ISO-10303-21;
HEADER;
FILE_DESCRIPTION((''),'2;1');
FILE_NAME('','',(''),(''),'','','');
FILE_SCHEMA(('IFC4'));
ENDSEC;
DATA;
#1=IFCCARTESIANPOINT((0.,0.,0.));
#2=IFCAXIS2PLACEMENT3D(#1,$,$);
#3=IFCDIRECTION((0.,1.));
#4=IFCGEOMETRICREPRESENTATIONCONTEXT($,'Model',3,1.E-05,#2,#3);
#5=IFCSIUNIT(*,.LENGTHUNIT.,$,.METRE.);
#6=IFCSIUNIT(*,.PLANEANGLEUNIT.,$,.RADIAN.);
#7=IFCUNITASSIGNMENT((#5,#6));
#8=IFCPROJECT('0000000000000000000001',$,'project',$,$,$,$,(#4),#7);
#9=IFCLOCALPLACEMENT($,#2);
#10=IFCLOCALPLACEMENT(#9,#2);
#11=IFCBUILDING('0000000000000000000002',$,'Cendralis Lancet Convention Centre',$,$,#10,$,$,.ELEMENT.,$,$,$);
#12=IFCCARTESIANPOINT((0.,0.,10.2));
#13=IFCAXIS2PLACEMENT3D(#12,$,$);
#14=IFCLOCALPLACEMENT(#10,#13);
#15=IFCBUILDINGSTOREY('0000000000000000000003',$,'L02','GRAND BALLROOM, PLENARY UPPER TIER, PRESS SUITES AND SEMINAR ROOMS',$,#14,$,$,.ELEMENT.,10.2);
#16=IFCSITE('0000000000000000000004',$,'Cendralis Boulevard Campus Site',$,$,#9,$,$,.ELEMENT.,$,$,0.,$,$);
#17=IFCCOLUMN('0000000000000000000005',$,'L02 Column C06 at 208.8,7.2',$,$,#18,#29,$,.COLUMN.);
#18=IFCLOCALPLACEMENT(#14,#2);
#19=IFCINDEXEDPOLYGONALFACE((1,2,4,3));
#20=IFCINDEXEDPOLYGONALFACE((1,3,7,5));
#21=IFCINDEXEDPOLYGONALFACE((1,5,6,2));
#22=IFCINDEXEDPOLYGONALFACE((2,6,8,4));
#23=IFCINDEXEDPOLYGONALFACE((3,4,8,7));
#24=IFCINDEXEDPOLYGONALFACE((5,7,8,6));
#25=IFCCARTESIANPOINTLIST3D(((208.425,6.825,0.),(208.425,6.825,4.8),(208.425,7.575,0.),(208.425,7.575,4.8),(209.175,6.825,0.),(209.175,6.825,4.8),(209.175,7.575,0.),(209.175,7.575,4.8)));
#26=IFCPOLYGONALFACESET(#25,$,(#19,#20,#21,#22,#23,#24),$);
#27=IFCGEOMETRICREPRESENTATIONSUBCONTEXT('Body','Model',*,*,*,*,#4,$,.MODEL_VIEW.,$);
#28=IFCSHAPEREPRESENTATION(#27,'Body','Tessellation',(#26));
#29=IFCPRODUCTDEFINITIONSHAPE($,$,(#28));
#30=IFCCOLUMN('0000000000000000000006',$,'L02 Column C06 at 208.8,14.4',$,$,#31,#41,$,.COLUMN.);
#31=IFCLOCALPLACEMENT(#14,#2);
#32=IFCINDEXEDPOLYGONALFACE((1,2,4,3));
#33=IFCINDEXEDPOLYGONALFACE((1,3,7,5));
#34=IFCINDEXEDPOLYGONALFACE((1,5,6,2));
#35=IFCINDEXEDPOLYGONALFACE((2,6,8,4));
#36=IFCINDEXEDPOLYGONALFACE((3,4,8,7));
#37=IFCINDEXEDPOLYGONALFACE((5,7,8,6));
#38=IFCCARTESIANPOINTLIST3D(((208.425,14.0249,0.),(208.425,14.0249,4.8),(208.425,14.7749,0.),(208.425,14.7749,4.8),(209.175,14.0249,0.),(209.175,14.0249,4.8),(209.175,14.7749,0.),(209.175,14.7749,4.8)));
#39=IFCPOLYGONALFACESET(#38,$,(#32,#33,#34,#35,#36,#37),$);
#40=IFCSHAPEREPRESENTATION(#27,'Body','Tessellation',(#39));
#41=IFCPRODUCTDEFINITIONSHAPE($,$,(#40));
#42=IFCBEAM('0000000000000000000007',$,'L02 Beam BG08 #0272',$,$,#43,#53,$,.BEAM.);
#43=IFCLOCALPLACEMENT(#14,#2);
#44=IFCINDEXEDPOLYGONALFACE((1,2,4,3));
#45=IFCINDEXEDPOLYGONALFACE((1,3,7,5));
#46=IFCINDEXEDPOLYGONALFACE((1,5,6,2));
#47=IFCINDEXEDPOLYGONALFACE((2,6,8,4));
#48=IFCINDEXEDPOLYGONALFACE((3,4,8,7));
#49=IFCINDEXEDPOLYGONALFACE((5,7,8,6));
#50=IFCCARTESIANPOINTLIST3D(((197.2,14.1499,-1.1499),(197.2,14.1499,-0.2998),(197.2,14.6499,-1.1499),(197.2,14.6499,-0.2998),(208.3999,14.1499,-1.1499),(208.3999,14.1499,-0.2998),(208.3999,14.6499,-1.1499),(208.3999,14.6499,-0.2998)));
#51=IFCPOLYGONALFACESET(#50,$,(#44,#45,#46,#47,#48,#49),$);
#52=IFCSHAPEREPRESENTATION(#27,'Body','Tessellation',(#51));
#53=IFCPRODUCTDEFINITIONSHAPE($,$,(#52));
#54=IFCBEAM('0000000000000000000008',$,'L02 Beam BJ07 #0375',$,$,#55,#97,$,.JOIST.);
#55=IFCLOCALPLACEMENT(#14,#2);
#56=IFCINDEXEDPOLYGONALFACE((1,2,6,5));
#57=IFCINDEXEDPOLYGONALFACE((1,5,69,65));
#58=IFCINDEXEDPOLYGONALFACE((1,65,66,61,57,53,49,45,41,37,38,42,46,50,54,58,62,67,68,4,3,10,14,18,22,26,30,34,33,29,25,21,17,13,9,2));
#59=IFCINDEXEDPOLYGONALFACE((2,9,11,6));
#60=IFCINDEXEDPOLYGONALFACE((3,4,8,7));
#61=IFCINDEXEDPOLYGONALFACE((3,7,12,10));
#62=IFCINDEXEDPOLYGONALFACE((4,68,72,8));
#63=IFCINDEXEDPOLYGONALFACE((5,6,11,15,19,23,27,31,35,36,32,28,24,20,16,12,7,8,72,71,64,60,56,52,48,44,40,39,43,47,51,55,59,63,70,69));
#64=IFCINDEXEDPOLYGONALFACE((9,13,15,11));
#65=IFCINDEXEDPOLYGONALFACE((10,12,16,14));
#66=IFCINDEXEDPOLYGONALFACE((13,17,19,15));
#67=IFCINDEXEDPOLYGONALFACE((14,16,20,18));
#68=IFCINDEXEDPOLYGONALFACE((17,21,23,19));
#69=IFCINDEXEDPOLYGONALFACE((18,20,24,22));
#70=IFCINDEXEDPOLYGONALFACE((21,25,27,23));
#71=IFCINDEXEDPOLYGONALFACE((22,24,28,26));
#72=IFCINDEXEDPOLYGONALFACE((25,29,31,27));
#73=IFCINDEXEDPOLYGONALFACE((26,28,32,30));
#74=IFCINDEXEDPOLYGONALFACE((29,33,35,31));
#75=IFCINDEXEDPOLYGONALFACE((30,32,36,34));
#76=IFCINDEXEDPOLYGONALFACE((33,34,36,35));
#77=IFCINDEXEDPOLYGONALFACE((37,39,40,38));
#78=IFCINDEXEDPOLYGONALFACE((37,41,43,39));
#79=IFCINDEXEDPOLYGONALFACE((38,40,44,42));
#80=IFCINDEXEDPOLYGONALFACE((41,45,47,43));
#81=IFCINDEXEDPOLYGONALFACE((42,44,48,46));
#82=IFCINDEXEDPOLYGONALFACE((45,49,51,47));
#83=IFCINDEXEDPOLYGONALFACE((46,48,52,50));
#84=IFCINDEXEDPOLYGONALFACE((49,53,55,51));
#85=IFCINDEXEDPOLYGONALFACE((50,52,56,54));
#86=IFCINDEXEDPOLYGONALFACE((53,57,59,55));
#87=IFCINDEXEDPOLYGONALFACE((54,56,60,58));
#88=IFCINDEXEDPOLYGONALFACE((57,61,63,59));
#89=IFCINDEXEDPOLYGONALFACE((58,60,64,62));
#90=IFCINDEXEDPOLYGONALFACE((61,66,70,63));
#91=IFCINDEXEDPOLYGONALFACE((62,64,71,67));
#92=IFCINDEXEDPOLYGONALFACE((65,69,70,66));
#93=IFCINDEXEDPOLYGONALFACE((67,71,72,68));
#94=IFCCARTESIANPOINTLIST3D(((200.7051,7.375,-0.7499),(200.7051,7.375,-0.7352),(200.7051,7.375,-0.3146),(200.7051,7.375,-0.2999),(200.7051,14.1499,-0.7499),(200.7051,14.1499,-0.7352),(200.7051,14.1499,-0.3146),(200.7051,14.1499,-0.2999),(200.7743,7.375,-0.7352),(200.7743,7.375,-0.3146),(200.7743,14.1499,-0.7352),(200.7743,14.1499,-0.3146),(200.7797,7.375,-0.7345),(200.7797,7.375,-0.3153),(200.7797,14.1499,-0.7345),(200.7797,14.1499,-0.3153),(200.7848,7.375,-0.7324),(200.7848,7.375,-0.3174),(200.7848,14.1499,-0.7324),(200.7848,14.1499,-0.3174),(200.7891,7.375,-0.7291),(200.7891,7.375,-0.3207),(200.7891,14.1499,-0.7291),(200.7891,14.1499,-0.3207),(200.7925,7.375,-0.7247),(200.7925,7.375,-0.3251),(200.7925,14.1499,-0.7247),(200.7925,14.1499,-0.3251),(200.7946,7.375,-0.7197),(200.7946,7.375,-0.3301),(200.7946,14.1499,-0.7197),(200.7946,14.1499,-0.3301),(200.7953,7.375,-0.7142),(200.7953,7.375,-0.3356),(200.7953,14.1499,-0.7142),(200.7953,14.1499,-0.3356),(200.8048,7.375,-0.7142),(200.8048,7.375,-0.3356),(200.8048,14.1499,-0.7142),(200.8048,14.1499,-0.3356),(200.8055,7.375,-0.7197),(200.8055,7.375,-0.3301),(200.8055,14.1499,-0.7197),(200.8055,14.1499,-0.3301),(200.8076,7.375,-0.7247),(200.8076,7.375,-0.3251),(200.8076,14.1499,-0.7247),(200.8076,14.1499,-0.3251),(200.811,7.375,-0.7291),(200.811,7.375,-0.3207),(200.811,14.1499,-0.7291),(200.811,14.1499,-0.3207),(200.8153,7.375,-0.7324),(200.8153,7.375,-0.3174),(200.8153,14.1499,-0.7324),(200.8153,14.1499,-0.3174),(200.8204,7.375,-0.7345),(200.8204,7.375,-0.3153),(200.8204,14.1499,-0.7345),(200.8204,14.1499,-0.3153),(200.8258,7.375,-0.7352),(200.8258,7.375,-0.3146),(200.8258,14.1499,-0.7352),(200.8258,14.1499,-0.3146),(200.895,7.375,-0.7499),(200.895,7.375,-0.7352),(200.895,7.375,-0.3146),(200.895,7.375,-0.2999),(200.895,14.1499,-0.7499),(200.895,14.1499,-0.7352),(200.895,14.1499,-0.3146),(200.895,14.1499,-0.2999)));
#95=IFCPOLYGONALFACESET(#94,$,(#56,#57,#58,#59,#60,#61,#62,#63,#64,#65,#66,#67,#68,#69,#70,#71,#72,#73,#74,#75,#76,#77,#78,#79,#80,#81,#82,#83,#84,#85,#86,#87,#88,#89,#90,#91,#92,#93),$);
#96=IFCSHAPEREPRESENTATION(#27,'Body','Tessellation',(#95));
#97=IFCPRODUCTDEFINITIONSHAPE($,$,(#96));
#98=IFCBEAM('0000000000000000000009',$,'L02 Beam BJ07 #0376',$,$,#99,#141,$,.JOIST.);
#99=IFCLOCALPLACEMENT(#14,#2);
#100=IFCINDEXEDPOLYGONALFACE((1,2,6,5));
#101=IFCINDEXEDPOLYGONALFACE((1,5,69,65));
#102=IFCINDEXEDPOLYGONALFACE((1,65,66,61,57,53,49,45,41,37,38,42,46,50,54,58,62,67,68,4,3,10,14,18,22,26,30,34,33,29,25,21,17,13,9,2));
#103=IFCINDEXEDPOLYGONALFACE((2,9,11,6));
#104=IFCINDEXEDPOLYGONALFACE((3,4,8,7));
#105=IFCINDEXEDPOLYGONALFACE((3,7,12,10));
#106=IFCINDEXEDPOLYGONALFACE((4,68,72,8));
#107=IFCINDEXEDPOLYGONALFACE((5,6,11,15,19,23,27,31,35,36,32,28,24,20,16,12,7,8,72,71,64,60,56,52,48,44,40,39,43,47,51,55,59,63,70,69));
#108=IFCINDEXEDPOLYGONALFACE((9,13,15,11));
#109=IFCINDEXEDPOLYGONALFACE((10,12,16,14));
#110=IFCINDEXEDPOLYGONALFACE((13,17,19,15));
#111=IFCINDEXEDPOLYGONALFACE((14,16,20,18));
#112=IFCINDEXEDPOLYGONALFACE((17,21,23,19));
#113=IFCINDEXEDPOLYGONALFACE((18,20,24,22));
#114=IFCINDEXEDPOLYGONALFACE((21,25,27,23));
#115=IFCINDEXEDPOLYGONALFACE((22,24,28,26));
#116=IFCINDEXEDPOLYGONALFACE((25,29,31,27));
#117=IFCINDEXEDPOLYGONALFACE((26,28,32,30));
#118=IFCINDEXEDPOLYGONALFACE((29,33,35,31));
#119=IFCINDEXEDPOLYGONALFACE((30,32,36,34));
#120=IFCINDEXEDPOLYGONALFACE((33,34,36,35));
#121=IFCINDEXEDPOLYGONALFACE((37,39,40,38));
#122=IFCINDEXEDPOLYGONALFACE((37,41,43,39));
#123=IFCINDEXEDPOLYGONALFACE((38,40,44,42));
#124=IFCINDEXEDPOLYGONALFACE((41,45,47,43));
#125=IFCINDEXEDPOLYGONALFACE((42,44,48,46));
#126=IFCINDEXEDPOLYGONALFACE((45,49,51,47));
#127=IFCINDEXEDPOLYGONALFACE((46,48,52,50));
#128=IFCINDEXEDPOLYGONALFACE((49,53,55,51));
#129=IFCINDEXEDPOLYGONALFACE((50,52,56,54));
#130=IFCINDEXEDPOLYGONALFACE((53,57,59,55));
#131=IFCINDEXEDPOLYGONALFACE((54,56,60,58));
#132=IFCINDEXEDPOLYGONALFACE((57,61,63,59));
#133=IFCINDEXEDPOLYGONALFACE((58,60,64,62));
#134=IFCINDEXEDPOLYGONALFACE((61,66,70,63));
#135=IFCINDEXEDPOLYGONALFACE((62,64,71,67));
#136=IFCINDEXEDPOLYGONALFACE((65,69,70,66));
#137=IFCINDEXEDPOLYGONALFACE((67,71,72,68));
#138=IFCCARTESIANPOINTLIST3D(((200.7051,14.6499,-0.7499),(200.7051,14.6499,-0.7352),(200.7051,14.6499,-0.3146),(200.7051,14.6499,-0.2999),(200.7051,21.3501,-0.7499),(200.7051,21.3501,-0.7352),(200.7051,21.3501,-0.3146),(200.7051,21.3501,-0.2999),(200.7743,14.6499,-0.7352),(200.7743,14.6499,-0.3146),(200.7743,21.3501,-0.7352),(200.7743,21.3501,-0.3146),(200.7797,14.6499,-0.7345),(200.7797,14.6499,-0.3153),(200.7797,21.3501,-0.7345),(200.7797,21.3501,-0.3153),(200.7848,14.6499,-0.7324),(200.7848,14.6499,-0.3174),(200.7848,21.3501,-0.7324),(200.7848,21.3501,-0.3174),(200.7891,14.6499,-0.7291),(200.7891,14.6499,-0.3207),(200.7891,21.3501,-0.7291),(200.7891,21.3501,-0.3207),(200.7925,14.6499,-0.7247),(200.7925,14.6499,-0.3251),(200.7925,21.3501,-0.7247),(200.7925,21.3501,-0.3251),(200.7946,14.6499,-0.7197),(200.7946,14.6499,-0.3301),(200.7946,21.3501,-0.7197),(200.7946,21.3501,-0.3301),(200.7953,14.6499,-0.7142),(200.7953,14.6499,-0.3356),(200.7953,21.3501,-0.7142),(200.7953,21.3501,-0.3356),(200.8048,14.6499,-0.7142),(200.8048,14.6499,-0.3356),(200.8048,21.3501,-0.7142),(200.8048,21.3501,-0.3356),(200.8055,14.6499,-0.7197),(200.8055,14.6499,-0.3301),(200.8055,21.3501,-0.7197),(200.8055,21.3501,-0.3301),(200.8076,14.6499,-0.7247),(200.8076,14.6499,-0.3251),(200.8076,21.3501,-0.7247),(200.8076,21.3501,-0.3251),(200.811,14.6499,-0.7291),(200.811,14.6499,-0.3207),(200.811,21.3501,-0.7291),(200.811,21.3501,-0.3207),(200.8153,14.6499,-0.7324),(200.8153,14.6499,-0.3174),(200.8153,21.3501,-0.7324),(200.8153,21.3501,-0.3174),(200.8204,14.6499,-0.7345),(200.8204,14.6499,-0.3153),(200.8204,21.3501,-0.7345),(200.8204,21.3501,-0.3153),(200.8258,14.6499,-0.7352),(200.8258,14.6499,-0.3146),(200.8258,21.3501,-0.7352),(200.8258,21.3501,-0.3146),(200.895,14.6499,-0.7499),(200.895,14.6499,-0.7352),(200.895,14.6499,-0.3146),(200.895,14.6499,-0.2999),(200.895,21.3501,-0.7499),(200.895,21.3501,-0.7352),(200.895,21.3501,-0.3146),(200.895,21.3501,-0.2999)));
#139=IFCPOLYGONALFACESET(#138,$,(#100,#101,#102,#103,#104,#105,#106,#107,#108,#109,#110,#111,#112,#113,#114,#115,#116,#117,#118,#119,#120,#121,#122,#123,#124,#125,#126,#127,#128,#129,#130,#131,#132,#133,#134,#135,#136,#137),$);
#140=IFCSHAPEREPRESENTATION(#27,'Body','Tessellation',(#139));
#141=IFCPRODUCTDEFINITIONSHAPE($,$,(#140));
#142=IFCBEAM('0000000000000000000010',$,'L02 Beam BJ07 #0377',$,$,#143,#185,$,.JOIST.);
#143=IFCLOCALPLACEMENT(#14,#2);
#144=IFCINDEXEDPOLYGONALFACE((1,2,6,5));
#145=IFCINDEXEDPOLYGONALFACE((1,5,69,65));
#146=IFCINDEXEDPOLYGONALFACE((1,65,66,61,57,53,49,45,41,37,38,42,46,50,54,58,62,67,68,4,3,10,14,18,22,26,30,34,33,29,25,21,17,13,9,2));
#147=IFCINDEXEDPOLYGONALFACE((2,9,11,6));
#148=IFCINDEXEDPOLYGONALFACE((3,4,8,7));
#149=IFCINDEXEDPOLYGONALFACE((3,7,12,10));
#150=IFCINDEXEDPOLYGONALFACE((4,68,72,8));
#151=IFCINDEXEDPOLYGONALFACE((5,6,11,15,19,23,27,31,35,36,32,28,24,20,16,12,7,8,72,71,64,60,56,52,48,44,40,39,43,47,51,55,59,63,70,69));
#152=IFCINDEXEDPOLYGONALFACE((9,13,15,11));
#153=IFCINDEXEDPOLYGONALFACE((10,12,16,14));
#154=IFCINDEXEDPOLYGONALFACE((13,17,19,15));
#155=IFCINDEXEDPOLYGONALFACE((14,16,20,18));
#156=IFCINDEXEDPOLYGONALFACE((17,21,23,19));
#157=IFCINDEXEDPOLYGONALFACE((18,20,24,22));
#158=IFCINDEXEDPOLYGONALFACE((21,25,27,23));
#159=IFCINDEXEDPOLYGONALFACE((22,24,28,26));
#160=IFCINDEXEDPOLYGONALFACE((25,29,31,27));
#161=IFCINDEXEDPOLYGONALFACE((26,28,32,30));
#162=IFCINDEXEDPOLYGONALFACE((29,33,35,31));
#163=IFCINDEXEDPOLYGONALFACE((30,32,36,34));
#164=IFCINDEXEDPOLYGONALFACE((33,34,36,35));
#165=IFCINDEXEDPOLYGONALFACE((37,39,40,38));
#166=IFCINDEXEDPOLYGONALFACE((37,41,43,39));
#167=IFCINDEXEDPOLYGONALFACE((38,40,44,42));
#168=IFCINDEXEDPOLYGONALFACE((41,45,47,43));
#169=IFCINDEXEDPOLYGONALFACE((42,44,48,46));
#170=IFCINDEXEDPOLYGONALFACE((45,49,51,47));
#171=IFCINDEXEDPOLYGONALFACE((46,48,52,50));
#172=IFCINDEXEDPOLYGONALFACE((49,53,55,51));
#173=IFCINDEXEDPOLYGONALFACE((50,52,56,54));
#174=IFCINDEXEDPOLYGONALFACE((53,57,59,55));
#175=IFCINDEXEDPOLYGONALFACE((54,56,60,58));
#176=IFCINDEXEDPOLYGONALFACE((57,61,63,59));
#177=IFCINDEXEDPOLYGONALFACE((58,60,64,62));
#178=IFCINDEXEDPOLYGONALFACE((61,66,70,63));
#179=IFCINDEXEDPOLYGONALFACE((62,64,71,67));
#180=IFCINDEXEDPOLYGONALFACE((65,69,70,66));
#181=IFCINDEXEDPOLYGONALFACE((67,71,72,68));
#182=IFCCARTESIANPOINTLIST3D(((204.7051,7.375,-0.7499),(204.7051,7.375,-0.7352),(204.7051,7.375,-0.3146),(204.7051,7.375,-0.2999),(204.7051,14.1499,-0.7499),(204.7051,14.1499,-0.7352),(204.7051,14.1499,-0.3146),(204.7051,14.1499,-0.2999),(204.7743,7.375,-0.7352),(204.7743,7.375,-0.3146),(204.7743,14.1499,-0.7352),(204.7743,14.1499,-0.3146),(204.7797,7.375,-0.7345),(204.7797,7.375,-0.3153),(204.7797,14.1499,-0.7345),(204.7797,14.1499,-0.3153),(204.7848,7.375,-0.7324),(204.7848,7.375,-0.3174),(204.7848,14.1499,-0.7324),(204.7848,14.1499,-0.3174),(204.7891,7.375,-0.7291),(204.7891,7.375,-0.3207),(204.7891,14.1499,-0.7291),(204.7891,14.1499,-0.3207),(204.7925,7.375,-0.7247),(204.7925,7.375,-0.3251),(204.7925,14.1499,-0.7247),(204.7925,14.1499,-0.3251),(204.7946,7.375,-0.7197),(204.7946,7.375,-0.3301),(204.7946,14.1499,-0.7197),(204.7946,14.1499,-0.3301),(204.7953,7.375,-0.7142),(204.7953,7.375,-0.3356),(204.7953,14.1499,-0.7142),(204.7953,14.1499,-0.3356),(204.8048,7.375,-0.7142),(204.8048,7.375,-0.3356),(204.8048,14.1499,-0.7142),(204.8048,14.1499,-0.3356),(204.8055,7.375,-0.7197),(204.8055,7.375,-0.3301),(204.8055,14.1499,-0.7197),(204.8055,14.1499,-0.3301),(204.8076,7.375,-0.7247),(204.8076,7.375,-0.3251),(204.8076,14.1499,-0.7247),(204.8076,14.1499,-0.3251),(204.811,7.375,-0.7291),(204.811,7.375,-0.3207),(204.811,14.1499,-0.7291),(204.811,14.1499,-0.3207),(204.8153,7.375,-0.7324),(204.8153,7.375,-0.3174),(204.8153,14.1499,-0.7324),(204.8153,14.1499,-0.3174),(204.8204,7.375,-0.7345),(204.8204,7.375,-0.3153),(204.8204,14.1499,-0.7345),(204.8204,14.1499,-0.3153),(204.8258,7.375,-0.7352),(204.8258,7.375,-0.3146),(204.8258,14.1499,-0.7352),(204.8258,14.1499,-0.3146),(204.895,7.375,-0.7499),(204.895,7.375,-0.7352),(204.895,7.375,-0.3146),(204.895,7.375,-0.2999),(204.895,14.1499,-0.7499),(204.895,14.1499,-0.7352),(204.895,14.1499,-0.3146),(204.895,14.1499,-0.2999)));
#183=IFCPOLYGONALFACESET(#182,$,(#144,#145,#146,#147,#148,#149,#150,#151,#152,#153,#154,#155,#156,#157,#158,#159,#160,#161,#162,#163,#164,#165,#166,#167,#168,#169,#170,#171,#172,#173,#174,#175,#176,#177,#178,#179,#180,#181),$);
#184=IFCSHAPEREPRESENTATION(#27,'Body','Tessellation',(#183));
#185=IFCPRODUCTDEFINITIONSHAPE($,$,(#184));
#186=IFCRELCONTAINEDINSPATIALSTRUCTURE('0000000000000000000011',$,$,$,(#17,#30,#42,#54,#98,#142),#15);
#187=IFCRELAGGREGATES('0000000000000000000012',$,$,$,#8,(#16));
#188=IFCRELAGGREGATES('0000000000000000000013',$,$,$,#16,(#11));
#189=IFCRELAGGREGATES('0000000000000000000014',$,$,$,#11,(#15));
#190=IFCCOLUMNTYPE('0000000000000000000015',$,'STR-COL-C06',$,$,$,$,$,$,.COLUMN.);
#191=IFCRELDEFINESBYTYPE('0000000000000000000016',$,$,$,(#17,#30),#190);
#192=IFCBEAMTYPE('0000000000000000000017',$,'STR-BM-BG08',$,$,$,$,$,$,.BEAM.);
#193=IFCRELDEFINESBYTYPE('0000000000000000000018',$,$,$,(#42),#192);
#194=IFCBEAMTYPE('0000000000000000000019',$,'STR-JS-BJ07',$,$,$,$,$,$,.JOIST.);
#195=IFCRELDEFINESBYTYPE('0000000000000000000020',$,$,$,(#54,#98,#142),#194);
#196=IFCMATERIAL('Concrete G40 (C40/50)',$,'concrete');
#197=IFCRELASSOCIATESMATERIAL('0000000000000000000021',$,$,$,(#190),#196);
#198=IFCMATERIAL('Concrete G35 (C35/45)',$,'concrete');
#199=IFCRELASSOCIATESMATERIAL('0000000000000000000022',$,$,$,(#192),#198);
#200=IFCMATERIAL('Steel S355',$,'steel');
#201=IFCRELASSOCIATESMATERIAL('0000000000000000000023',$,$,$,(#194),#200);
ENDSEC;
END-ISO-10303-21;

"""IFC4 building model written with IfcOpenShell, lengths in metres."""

from ifc_helpers import new_model, si_unit, direction, frame, origin, origin_2d, place, context, subcontext, project, spatial, rectangle, i_section, extrude, material, material_profile, profile_set, type_object, element, save


model = new_model("IFC4")

# Units and contexts
model_context = context("Model", 3, precision=1e-05, world=origin(), true_north=direction((0.0, 1.0)))
body_context = subcontext(model_context, "Body", "Model", "MODEL_VIEW")
ifc_project = project(units=[si_unit("LENGTHUNIT", "METRE"), si_unit("PLANEANGLEUNIT", "RADIAN")], contexts=[model_context])

# Site, building, storey
site_placement = place(None, origin())
site = spatial("IfcSite", under=ifc_project, at=site_placement, Name="Cendralis Boulevard Campus Site", CompositionType="ELEMENT", RefElevation=0.0)
building_placement = place(site_placement, origin())
building = spatial("IfcBuilding", under=site, at=building_placement, Name="Cendralis Lancet Convention Centre", CompositionType="ELEMENT")
storey_placement = place(building_placement, frame((0.0, 0.0, 10.2)))
storey = spatial("IfcBuildingStorey", under=building, at=storey_placement, Name="L02", Description="GRAND BALLROOM, PLENARY UPPER TIER, PRESS SUITES AND SEMINAR ROOMS", CompositionType="ELEMENT", Elevation=10.2)

# Columns
ifc_material_1 = material(Name="Concrete G40 (C40/50)", Category="concrete")
ifc_material_profile_1 = material_profile(ifc_material_1, rectangle(XDim=0.75, YDim=0.75, at=origin_2d()), Name="RC 750x750")
ifc_profile_set_1 = profile_set([ifc_material_profile_1], Name="Concrete G40 (C40/50)")
column_type = type_object("IfcColumnType", Name="STR-COL-C06", PredefinedType="COLUMN", material=ifc_profile_set_1)
for number, where, z_axis, x_axis, name in (
    (1, (208.8, 7.2, 0.0), (0.0, 0.0, 1.0), (1.0, 0.0, 0.0), "L02 Column C06 at 208.8,7.2"),
    (2, (208.8, 14.3999, 0.0), (0.0, 0.0, 1.0), (1.0, 0.0, 0.0), "L02 Column C06 at 208.8,14.4"),
):
    element("IfcColumn", number, at=place(storey_placement, frame(where, z_axis=z_axis, x_axis=x_axis)), inside=storey, type_object=column_type, Name=name, PredefinedType="COLUMN", context=body_context, shape_type="SweptSolid", body=[
        extrude(rectangle(XDim=0.75, YDim=0.75, at=origin_2d()), origin(), (0.0, 0.0, 1.0), 4.8),
    ])

# Beams
ifc_material_2 = material(Name="Concrete G35 (C35/45)", Category="concrete")
ifc_material_profile_2 = material_profile(ifc_material_2, rectangle(XDim=0.5, YDim=0.8501, at=origin_2d()), Name="RCB 500x850")
ifc_profile_set_2 = profile_set([ifc_material_profile_2], Name="Concrete G35 (C35/45)")
beam_type_1 = type_object("IfcBeamType", Name="STR-BM-BG08", PredefinedType="BEAM", material=ifc_profile_set_2)
beam_1_placement = place(storey_placement, frame((197.2, 14.3999, -0.7249), z_axis=(1.0, 0.0, 0.0), x_axis=(0.0, 1.0, 0.0)))
element("IfcBeam", 3, at=beam_1_placement, inside=storey, type_object=beam_type_1, Name="L02 Beam BG08 #0272", PredefinedType="BEAM", context=body_context, shape_type="SweptSolid", body=[
    extrude(rectangle(XDim=0.5, YDim=0.8501, at=origin_2d()), origin(), (0.0, 0.0, 1.0), 11.2),
])
ifc_material_3 = material(Name="Steel S355", Category="steel")
ifc_material_profile_3 = material_profile(ifc_material_3, i_section(OverallWidth=0.1899, OverallDepth=0.45, WebThickness=0.0095, FlangeThickness=0.0146, FilletRadius=0.021, at=origin_2d()), Name="IPE 450")
ifc_profile_set_3 = profile_set([ifc_material_profile_3], Name="Steel S355")
beam_type_2 = type_object("IfcBeamType", Name="STR-JS-BJ07", PredefinedType="JOIST", material=ifc_profile_set_3)
beam_2_placement = place(storey_placement, frame((200.8, 7.375, -0.5249), z_axis=(0.0, 1.0, 0.0), x_axis=(-1.0, 0.0, 0.0)))
element("IfcBeam", 4, at=beam_2_placement, inside=storey, type_object=beam_type_2, Name="L02 Beam BJ07 #0375", PredefinedType="JOIST", context=body_context, shape_type="SweptSolid", body=[
    extrude(i_section(OverallWidth=0.1899, OverallDepth=0.45, WebThickness=0.0095, FlangeThickness=0.0146, FilletRadius=0.021, at=origin_2d()), origin(), (0.0, 0.0, 1.0), 6.7749),
])
beam_3_placement = place(storey_placement, frame((200.8, 14.6499, -0.5249), z_axis=(0.0, 1.0, 0.0), x_axis=(-1.0, 0.0, 0.0)))
element("IfcBeam", 5, at=beam_3_placement, inside=storey, type_object=beam_type_2, Name="L02 Beam BJ07 #0376", PredefinedType="JOIST", context=body_context, shape_type="SweptSolid", body=[
    extrude(i_section(OverallWidth=0.1899, OverallDepth=0.45, WebThickness=0.0095, FlangeThickness=0.0146, FilletRadius=0.021, at=origin_2d()), origin(), (0.0, 0.0, 1.0), 6.7002),
])
beam_4_placement = place(storey_placement, frame((204.8, 7.375, -0.5249), z_axis=(0.0, 1.0, 0.0), x_axis=(-1.0, 0.0, 0.0)))
element("IfcBeam", 6, at=beam_4_placement, inside=storey, type_object=beam_type_2, Name="L02 Beam BJ07 #0377", PredefinedType="JOIST", context=body_context, shape_type="SweptSolid", body=[
    extrude(i_section(OverallWidth=0.1899, OverallDepth=0.45, WebThickness=0.0095, FlangeThickness=0.0146, FilletRadius=0.021, at=origin_2d()), origin(), (0.0, 0.0, 1.0), 6.7749),
])

save(model, "model.ifc")
